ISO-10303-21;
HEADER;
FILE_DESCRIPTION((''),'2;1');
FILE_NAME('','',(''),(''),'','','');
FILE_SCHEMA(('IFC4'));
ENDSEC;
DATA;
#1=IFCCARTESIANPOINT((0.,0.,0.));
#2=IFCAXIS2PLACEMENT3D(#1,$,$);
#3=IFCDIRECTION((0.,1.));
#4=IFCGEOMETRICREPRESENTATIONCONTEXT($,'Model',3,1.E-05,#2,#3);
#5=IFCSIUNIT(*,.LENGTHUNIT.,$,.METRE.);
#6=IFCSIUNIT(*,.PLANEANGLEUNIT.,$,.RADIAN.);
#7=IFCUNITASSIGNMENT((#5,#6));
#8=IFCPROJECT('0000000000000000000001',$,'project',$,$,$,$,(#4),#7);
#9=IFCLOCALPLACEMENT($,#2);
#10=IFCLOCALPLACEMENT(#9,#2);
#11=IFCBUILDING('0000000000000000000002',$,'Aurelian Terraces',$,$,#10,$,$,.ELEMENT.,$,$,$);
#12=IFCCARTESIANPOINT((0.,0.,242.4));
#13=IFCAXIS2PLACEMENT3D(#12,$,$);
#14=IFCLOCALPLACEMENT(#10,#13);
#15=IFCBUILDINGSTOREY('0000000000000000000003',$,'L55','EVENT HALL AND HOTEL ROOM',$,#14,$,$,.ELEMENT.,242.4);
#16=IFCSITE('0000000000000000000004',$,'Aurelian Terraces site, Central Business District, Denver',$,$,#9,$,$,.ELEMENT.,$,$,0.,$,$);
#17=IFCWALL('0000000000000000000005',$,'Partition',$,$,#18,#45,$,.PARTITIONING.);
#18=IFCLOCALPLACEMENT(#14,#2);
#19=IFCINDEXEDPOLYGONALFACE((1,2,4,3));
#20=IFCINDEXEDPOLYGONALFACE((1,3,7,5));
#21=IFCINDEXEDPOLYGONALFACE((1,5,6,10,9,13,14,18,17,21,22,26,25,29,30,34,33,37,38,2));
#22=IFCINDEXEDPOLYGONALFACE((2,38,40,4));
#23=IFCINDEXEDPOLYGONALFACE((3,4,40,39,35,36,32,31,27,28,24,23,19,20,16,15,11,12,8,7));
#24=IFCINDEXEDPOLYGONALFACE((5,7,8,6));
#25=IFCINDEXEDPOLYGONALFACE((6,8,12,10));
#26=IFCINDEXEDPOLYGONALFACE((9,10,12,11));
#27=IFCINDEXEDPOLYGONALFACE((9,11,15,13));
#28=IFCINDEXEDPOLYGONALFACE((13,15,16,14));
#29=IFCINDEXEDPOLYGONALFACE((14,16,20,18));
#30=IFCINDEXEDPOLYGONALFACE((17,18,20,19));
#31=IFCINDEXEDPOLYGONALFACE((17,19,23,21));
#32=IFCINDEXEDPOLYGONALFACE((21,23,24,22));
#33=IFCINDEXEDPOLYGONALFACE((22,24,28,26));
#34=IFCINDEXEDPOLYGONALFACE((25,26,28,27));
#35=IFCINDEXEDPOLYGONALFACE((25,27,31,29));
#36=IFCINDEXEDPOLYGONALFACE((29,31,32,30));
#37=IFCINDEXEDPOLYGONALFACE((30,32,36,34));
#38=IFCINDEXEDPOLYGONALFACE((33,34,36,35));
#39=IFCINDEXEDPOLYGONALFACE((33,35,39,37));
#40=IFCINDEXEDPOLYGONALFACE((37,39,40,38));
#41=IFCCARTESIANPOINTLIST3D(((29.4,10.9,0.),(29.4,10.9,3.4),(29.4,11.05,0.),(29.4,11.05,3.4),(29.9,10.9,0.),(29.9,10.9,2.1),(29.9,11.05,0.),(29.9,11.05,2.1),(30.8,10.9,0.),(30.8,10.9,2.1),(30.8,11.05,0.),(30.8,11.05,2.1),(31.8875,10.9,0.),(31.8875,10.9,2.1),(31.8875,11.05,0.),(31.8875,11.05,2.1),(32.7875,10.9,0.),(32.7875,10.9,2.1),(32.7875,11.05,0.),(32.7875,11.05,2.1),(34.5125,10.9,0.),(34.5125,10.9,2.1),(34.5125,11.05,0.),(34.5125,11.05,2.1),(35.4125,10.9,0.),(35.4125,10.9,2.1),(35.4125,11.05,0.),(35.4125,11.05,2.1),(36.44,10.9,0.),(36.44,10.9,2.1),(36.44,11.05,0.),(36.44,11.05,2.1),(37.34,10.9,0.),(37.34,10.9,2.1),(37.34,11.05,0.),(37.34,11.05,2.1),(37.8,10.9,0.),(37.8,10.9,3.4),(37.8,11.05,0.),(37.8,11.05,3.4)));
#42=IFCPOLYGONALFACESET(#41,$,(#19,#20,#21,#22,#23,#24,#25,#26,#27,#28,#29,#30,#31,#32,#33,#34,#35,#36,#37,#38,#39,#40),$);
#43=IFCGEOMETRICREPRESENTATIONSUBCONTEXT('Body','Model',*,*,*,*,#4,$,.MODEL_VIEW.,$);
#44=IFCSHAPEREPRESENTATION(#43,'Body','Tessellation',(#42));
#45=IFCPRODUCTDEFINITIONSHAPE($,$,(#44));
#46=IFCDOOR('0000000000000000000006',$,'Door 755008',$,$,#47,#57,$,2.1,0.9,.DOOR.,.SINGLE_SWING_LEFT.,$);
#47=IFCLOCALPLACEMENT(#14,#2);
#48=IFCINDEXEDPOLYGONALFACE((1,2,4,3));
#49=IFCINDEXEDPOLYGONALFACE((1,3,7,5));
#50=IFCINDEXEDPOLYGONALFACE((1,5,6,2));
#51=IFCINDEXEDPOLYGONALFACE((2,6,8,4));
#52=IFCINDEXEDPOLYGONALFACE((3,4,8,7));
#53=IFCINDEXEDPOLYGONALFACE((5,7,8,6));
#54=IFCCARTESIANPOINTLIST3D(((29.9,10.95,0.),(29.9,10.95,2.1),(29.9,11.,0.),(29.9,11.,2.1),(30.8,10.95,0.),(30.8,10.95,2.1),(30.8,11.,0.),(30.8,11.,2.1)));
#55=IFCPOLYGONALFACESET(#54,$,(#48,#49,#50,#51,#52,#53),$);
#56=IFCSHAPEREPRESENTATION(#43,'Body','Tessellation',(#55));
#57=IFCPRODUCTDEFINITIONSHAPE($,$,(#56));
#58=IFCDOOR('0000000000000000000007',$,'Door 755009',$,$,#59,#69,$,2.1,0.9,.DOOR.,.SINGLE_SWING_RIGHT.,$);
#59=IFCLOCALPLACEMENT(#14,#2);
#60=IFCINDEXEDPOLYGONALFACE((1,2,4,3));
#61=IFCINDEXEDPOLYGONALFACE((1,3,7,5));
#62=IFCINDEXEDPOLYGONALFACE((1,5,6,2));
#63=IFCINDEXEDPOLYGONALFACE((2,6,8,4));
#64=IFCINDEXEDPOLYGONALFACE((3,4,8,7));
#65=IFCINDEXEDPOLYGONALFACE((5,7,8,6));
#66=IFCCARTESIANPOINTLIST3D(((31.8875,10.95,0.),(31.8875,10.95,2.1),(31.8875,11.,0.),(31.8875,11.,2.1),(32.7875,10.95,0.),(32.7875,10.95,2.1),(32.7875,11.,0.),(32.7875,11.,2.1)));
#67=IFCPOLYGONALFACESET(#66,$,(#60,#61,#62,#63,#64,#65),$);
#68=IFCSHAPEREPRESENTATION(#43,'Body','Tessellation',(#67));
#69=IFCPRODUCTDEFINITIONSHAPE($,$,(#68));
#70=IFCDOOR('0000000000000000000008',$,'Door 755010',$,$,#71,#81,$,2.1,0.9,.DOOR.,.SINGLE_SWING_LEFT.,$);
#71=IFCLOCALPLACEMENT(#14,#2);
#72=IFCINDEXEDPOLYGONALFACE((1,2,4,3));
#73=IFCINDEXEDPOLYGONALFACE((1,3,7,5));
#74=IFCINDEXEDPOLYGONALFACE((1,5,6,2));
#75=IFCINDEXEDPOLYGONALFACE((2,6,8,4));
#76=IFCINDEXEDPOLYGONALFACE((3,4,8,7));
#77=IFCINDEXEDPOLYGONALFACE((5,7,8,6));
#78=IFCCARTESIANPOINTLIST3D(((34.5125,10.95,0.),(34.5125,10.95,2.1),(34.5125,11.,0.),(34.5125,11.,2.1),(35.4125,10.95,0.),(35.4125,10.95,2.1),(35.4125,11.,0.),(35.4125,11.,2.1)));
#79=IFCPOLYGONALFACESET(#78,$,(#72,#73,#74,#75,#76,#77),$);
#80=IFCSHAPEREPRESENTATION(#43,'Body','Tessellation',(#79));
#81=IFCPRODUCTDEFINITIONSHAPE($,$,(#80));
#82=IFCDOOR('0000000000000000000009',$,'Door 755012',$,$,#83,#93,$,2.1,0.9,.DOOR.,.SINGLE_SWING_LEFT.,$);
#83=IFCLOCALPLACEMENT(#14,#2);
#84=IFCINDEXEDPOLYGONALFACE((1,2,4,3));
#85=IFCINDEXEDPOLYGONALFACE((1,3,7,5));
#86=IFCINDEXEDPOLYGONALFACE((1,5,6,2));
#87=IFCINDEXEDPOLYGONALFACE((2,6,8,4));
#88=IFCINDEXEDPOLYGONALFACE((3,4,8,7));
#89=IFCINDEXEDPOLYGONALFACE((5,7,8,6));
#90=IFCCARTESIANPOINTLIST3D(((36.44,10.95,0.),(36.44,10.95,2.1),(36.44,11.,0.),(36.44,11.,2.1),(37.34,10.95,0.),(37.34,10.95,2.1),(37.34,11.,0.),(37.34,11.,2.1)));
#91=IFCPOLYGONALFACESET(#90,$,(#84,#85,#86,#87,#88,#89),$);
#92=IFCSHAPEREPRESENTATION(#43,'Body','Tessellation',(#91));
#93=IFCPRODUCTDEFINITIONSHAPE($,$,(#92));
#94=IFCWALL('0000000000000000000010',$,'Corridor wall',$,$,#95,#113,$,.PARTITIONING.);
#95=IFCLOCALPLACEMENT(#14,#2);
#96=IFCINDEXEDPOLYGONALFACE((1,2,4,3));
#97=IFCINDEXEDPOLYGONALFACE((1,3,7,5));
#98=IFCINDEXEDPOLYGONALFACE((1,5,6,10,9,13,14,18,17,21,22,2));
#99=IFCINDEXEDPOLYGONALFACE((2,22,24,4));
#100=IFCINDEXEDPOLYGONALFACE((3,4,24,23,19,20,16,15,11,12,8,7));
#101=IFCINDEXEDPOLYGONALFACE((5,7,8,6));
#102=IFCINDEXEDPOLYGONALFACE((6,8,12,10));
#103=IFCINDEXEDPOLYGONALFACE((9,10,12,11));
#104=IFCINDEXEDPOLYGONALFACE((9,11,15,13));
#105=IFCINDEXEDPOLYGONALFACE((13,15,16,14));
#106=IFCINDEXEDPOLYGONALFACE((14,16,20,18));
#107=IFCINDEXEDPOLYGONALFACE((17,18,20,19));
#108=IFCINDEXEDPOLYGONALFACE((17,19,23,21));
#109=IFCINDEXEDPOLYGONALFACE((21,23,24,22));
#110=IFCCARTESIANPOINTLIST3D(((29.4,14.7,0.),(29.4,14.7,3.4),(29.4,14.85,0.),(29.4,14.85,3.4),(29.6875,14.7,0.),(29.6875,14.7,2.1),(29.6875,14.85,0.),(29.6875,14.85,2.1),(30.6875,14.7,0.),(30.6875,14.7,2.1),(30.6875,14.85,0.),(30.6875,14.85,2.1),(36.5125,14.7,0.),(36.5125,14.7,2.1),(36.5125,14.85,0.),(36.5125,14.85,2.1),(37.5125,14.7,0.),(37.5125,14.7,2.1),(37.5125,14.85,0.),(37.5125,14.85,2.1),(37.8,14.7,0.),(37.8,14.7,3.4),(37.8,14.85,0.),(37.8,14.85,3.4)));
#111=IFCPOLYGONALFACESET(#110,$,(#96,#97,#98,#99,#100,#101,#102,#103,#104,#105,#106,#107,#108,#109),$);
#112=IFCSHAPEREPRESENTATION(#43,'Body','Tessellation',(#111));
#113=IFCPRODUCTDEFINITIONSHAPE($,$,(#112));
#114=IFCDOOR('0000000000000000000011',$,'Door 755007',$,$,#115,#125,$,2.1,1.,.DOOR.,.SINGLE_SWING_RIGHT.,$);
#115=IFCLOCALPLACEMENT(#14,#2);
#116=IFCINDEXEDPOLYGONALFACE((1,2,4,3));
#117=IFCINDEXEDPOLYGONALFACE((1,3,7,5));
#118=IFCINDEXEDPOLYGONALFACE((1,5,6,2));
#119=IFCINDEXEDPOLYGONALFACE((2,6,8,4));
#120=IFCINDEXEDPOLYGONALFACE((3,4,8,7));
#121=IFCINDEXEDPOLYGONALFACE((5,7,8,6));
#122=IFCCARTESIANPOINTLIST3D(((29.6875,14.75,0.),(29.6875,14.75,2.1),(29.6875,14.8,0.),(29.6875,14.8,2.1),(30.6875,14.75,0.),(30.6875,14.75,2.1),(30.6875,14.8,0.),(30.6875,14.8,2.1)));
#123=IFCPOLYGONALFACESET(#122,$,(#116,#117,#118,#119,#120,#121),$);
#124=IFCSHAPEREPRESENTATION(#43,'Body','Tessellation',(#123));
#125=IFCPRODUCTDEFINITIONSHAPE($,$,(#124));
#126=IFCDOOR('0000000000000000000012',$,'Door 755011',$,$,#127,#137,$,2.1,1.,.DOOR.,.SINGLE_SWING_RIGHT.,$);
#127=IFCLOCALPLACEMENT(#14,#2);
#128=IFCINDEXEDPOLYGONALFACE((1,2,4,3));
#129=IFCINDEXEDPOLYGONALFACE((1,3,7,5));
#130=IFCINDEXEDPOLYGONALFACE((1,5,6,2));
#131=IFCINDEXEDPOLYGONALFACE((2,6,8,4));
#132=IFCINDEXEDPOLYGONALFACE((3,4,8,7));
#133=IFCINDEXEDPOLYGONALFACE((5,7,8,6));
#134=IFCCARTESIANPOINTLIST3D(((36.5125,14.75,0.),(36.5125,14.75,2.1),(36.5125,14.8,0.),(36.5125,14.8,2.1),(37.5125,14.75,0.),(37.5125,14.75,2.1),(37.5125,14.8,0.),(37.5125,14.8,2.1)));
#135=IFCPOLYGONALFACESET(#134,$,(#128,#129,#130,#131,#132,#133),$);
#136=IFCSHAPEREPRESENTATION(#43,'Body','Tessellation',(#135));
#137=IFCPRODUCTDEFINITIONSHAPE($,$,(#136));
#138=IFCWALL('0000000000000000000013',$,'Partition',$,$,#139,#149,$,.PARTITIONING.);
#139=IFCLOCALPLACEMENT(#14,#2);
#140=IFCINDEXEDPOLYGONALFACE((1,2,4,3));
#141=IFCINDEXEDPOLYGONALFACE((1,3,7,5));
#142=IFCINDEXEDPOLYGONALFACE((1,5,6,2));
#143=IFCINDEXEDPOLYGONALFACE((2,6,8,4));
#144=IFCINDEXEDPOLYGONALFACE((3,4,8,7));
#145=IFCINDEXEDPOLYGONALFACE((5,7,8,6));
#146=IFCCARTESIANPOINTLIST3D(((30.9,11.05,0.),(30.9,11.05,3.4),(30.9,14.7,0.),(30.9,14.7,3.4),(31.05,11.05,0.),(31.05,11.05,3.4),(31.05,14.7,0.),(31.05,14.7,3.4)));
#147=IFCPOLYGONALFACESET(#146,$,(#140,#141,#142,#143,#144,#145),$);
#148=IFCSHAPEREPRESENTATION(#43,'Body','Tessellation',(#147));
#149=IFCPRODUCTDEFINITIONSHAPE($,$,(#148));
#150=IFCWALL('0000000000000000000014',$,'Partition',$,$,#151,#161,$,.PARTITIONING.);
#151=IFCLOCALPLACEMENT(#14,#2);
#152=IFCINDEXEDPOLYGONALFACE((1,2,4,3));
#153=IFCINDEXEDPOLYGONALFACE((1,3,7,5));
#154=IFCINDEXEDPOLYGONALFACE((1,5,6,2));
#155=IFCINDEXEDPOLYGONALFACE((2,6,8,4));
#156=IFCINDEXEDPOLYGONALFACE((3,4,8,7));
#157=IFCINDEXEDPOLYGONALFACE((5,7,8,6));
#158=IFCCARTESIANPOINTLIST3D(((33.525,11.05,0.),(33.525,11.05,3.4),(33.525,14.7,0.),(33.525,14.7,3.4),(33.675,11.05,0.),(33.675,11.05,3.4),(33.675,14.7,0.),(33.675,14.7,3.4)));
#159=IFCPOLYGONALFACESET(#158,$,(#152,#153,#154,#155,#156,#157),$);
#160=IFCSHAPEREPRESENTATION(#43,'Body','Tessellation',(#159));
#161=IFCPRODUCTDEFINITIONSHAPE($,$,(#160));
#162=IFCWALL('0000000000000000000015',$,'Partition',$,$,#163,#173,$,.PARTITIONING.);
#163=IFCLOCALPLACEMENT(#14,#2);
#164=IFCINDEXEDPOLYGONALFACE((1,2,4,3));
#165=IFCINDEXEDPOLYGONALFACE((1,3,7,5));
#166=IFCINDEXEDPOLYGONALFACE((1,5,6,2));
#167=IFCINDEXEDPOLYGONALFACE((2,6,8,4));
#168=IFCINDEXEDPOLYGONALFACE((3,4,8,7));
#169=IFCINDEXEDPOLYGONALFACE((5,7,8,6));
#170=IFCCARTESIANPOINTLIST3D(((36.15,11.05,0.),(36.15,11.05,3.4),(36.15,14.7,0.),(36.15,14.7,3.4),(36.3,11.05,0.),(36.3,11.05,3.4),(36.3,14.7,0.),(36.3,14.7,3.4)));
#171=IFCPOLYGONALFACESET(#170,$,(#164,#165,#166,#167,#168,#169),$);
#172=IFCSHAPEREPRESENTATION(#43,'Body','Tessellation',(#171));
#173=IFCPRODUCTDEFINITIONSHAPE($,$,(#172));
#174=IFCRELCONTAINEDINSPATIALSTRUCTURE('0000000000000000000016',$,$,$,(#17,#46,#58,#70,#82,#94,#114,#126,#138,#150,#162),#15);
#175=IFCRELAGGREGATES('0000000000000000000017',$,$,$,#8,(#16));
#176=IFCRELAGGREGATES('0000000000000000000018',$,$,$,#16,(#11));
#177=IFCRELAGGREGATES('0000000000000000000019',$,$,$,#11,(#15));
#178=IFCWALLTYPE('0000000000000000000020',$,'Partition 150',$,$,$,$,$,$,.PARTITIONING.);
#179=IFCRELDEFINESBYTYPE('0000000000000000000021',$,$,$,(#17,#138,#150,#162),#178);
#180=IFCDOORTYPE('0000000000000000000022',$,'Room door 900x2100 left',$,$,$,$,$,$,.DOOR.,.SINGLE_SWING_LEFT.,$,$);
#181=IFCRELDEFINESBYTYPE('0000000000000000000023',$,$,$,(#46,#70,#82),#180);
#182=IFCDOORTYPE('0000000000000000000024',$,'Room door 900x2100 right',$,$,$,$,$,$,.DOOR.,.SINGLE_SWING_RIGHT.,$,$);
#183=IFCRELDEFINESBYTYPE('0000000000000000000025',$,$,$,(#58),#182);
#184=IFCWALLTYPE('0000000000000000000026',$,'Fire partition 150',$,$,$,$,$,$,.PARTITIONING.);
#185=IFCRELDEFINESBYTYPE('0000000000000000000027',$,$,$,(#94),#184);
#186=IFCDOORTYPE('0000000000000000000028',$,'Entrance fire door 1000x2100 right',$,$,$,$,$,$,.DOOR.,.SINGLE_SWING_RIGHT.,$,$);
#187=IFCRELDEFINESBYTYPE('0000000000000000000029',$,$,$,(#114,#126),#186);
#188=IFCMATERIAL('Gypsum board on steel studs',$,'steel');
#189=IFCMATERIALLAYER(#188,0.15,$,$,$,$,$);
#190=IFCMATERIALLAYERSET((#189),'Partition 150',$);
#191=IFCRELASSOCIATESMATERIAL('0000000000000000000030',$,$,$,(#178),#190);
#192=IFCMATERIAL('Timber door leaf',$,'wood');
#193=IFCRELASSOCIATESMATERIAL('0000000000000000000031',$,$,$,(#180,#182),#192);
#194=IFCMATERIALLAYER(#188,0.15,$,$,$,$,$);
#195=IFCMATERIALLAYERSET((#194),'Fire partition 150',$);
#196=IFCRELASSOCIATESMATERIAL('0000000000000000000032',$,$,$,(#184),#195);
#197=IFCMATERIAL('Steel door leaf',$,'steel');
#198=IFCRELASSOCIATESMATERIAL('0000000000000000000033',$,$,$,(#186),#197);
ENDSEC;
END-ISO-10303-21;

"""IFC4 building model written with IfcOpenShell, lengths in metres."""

from ifc_helpers import new_model, si_unit, direction, frame, frame_2d, origin, place, context, subcontext, project, spatial, rectangle, extrude, source, transform, mapped, material, layer, layer_set, type_object, element, fill, save


model = new_model("IFC4")

# Units and contexts
model_context = context("Model", 3, precision=1e-05, world=origin(), true_north=direction((0.0, 1.0)))
body_context = subcontext(model_context, "Body", "Model", "MODEL_VIEW")
ifc_project = project(units=[si_unit("LENGTHUNIT", "METRE"), si_unit("PLANEANGLEUNIT", "RADIAN")], contexts=[model_context])

# Site, building, storey
site_placement = place(None, origin())
site = spatial("IfcSite", under=ifc_project, at=site_placement, Name="Aurelian Terraces site, Central Business District, Denver", CompositionType="ELEMENT", RefElevation=0.0)
building_placement = place(site_placement, origin())
building = spatial("IfcBuilding", under=site, at=building_placement, Name="Aurelian Terraces", CompositionType="ELEMENT")
storey_placement = place(building_placement, frame((0.0, 0.0, 242.4)))
storey = spatial("IfcBuildingStorey", under=building, at=storey_placement, Name="L55", Description="EVENT HALL AND HOTEL ROOM", CompositionType="ELEMENT", Elevation=242.4)

# Shared definitions
ifc_material_1 = material(Name="Gypsum board on steel studs", Category="steel")
ifc_material_2 = material(Name="Steel door leaf", Category="steel")
shared_shape_1 = source(origin(), body_context, "Body", "SweptSolid", [
    extrude(rectangle(XDim=0.9, YDim=2.1, at=frame_2d((0.45, 1.05))), frame((0.0, 0.025, 0.0), z_axis=(0.0, -1.0, 0.0), x_axis=(1.0, 0.0, 0.0)), (0.0, 0.0, 1.0), 0.05),
])

# Shared definitions
ifc_layer_1 = layer(ifc_material_1, 0.15)
ifc_layer_set_1 = layer_set([ifc_layer_1], Name="Partition 150")
wall_type_1 = type_object("IfcWallType", Name="Partition 150", PredefinedType="PARTITIONING", material=ifc_layer_set_1)

# Walls, openings, doors
shared_shape_2 = source(origin(), body_context, "Body", "SweptSolid", [
    extrude(rectangle(XDim=8.4, YDim=0.15, at=frame_2d((4.2, 0.0))), origin(), (0.0, 0.0, 1.0), 3.4),
])
wall_1_placement = place(storey_placement, frame((37.8, 10.975, 0.0), z_axis=(0.0, 0.0, 1.0), x_axis=(-1.0, 0.0, 0.0)))
wall_1 = element("IfcWall", 1, at=wall_1_placement, inside=storey, type_object=wall_type_1, Name="Partition", PredefinedType="PARTITIONING", context=body_context, shape_type="MappedRepresentation", body=[
    mapped(shared_shape_2, transform((0.0, 0.0, 0.0), scale=1.0)),
])
shared_shape_3 = source(origin(), body_context, "Body", "SweptSolid", [
    extrude(rectangle(XDim=0.9, YDim=2.1, at=frame_2d((0.45, 1.05))), frame((0.0, 0.085, 0.0), z_axis=(0.0, -1.0, 0.0), x_axis=(1.0, 0.0, 0.0)), (0.0, 0.0, 1.0), 0.17),
])
opening_1_placement = place(wall_1_placement, frame((7.0, 0.0, 0.0)))
opening_1 = element("IfcOpeningElement", 2, at=opening_1_placement, cuts=wall_1, PredefinedType="OPENING", context=body_context, shape_type="MappedRepresentation", body=[
    mapped(shared_shape_3, transform((0.0, 0.0, 0.0), scale=1.0)),
])
opening_2_placement = place(wall_1_placement, frame((5.0125, 0.0, 0.0)))
opening_2 = element("IfcOpeningElement", 3, at=opening_2_placement, cuts=wall_1, PredefinedType="OPENING", context=body_context, shape_type="MappedRepresentation", body=[
    mapped(shared_shape_3, transform((0.0, 0.0, 0.0), scale=1.0)),
])
opening_3_placement = place(wall_1_placement, frame((2.3875, 0.0, 0.0)))
opening_3 = element("IfcOpeningElement", 4, at=opening_3_placement, cuts=wall_1, PredefinedType="OPENING", context=body_context, shape_type="MappedRepresentation", body=[
    mapped(shared_shape_3, transform((0.0, 0.0, 0.0), scale=1.0)),
])
opening_4_placement = place(wall_1_placement, frame((0.46, 0.0, 0.0)))
opening_4 = element("IfcOpeningElement", 5, at=opening_4_placement, cuts=wall_1, PredefinedType="OPENING", context=body_context, shape_type="MappedRepresentation", body=[
    mapped(shared_shape_3, transform((0.0, 0.0, 0.0), scale=1.0)),
])
ifc_material_3 = material(Name="Timber door leaf", Category="wood")
door_type_1 = type_object("IfcDoorType", Name="Room door 900x2100 left", OperationType="SINGLE_SWING_LEFT", PredefinedType="DOOR", material=ifc_material_3)
door_1_placement = place(opening_1_placement, origin())
door_1 = element("IfcDoor", 6, at=door_1_placement, inside=storey, type_object=door_type_1, Name="Door 755008", OperationType="SINGLE_SWING_LEFT", OverallHeight=2.1, OverallWidth=0.9, PredefinedType="DOOR", context=body_context, shape_type="MappedRepresentation", body=[
    mapped(shared_shape_1, transform((0.0, 0.0, 0.0), scale=1.0)),
])
fill(opening_1, door_1)
door_type_2 = type_object("IfcDoorType", Name="Room door 900x2100 right", OperationType="SINGLE_SWING_RIGHT", PredefinedType="DOOR", material=ifc_material_3)
door_2_placement = place(opening_2_placement, origin())
door_2 = element("IfcDoor", 7, at=door_2_placement, inside=storey, type_object=door_type_2, Name="Door 755009", OperationType="SINGLE_SWING_RIGHT", OverallHeight=2.1, OverallWidth=0.9, PredefinedType="DOOR", context=body_context, shape_type="MappedRepresentation", body=[
    mapped(shared_shape_1, transform((0.0, 0.0, 0.0), scale=1.0)),
])
fill(opening_2, door_2)
door_3_placement = place(opening_3_placement, origin())
door_3 = element("IfcDoor", 8, at=door_3_placement, inside=storey, type_object=door_type_1, Name="Door 755010", OperationType="SINGLE_SWING_LEFT", OverallHeight=2.1, OverallWidth=0.9, PredefinedType="DOOR", context=body_context, shape_type="MappedRepresentation", body=[
    mapped(shared_shape_1, transform((0.0, 0.0, 0.0), scale=1.0)),
])
fill(opening_3, door_3)
door_4_placement = place(opening_4_placement, origin())
door_4 = element("IfcDoor", 9, at=door_4_placement, inside=storey, type_object=door_type_1, Name="Door 755012", OperationType="SINGLE_SWING_LEFT", OverallHeight=2.1, OverallWidth=0.9, PredefinedType="DOOR", context=body_context, shape_type="MappedRepresentation", body=[
    mapped(shared_shape_1, transform((0.0, 0.0, 0.0), scale=1.0)),
])
fill(opening_4, door_4)
ifc_layer_2 = layer(ifc_material_1, 0.15)
ifc_layer_set_2 = layer_set([ifc_layer_2], Name="Fire partition 150")
wall_type_2 = type_object("IfcWallType", Name="Fire partition 150", PredefinedType="PARTITIONING", material=ifc_layer_set_2)
wall_2_placement = place(storey_placement, frame((37.8, 14.775, 0.0), z_axis=(0.0, 0.0, 1.0), x_axis=(-1.0, 0.0, 0.0)))
wall_2 = element("IfcWall", 10, at=wall_2_placement, inside=storey, type_object=wall_type_2, Name="Corridor wall", PredefinedType="PARTITIONING", context=body_context, shape_type="MappedRepresentation", body=[
    mapped(shared_shape_2, transform((0.0, 0.0, 0.0), scale=1.0)),
])
shared_shape_4 = source(origin(), body_context, "Body", "SweptSolid", [
    extrude(rectangle(XDim=1.0, YDim=2.1, at=frame_2d((0.5, 1.05))), frame((0.0, 0.085, 0.0), z_axis=(0.0, -1.0, 0.0), x_axis=(1.0, 0.0, 0.0)), (0.0, 0.0, 1.0), 0.17),
])
opening_5_placement = place(wall_2_placement, frame((7.1125, 0.0, 0.0)))
opening_5 = element("IfcOpeningElement", 11, at=opening_5_placement, cuts=wall_2, PredefinedType="OPENING", context=body_context, shape_type="MappedRepresentation", body=[
    mapped(shared_shape_4, transform((0.0, 0.0, 0.0), scale=1.0)),
])
opening_6_placement = place(wall_2_placement, frame((0.2875, 0.0, 0.0)))
opening_6 = element("IfcOpeningElement", 12, at=opening_6_placement, cuts=wall_2, PredefinedType="OPENING", context=body_context, shape_type="MappedRepresentation", body=[
    mapped(shared_shape_4, transform((0.0, 0.0, 0.0), scale=1.0)),
])
door_type_3 = type_object("IfcDoorType", Name="Entrance fire door 1000x2100 right", OperationType="SINGLE_SWING_RIGHT", PredefinedType="DOOR", material=ifc_material_2)
shared_shape_5 = source(origin(), body_context, "Body", "SweptSolid", [
    extrude(rectangle(XDim=1.0, YDim=2.1, at=frame_2d((0.5, 1.05))), frame((0.0, 0.025, 0.0), z_axis=(0.0, -1.0, 0.0), x_axis=(1.0, 0.0, 0.0)), (0.0, 0.0, 1.0), 0.05),
])
door_5_placement = place(opening_5_placement, origin())
door_5 = element("IfcDoor", 13, at=door_5_placement, inside=storey, type_object=door_type_3, Name="Door 755007", OperationType="SINGLE_SWING_RIGHT", OverallHeight=2.1, OverallWidth=1.0, PredefinedType="DOOR", context=body_context, shape_type="MappedRepresentation", body=[
    mapped(shared_shape_5, transform((0.0, 0.0, 0.0), scale=1.0)),
])
fill(opening_5, door_5)
door_6_placement = place(opening_6_placement, origin())
door_6 = element("IfcDoor", 14, at=door_6_placement, inside=storey, type_object=door_type_3, Name="Door 755011", OperationType="SINGLE_SWING_RIGHT", OverallHeight=2.1, OverallWidth=1.0, PredefinedType="DOOR", context=body_context, shape_type="MappedRepresentation", body=[
    mapped(shared_shape_5, transform((0.0, 0.0, 0.0), scale=1.0)),
])
fill(opening_6, door_6)

# Walls
shared_shape_6 = source(origin(), body_context, "Body", "SweptSolid", [
    extrude(rectangle(XDim=3.65, YDim=0.15, at=frame_2d((1.825, 0.0))), origin(), (0.0, 0.0, 1.0), 3.4),
])
for number, where, z_axis, x_axis, name in (
    (15, (30.975, 11.05, 0.0), (0.0, 0.0, 1.0), (0.0, 1.0, 0.0), "Partition"),
    (16, (33.6, 11.05, 0.0), (0.0, 0.0, 1.0), (0.0, 1.0, 0.0), "Partition"),
    (17, (36.225, 11.05, 0.0), (0.0, 0.0, 1.0), (0.0, 1.0, 0.0), "Partition"),
):
    element("IfcWall", number, at=place(storey_placement, frame(where, z_axis=z_axis, x_axis=x_axis)), inside=storey, type_object=wall_type_1, Name=name, PredefinedType="PARTITIONING", context=body_context, shape_type="MappedRepresentation", body=[
        mapped(shared_shape_6, transform((0.0, 0.0, 0.0), scale=1.0)),
    ])

save(model, "model.ifc")
